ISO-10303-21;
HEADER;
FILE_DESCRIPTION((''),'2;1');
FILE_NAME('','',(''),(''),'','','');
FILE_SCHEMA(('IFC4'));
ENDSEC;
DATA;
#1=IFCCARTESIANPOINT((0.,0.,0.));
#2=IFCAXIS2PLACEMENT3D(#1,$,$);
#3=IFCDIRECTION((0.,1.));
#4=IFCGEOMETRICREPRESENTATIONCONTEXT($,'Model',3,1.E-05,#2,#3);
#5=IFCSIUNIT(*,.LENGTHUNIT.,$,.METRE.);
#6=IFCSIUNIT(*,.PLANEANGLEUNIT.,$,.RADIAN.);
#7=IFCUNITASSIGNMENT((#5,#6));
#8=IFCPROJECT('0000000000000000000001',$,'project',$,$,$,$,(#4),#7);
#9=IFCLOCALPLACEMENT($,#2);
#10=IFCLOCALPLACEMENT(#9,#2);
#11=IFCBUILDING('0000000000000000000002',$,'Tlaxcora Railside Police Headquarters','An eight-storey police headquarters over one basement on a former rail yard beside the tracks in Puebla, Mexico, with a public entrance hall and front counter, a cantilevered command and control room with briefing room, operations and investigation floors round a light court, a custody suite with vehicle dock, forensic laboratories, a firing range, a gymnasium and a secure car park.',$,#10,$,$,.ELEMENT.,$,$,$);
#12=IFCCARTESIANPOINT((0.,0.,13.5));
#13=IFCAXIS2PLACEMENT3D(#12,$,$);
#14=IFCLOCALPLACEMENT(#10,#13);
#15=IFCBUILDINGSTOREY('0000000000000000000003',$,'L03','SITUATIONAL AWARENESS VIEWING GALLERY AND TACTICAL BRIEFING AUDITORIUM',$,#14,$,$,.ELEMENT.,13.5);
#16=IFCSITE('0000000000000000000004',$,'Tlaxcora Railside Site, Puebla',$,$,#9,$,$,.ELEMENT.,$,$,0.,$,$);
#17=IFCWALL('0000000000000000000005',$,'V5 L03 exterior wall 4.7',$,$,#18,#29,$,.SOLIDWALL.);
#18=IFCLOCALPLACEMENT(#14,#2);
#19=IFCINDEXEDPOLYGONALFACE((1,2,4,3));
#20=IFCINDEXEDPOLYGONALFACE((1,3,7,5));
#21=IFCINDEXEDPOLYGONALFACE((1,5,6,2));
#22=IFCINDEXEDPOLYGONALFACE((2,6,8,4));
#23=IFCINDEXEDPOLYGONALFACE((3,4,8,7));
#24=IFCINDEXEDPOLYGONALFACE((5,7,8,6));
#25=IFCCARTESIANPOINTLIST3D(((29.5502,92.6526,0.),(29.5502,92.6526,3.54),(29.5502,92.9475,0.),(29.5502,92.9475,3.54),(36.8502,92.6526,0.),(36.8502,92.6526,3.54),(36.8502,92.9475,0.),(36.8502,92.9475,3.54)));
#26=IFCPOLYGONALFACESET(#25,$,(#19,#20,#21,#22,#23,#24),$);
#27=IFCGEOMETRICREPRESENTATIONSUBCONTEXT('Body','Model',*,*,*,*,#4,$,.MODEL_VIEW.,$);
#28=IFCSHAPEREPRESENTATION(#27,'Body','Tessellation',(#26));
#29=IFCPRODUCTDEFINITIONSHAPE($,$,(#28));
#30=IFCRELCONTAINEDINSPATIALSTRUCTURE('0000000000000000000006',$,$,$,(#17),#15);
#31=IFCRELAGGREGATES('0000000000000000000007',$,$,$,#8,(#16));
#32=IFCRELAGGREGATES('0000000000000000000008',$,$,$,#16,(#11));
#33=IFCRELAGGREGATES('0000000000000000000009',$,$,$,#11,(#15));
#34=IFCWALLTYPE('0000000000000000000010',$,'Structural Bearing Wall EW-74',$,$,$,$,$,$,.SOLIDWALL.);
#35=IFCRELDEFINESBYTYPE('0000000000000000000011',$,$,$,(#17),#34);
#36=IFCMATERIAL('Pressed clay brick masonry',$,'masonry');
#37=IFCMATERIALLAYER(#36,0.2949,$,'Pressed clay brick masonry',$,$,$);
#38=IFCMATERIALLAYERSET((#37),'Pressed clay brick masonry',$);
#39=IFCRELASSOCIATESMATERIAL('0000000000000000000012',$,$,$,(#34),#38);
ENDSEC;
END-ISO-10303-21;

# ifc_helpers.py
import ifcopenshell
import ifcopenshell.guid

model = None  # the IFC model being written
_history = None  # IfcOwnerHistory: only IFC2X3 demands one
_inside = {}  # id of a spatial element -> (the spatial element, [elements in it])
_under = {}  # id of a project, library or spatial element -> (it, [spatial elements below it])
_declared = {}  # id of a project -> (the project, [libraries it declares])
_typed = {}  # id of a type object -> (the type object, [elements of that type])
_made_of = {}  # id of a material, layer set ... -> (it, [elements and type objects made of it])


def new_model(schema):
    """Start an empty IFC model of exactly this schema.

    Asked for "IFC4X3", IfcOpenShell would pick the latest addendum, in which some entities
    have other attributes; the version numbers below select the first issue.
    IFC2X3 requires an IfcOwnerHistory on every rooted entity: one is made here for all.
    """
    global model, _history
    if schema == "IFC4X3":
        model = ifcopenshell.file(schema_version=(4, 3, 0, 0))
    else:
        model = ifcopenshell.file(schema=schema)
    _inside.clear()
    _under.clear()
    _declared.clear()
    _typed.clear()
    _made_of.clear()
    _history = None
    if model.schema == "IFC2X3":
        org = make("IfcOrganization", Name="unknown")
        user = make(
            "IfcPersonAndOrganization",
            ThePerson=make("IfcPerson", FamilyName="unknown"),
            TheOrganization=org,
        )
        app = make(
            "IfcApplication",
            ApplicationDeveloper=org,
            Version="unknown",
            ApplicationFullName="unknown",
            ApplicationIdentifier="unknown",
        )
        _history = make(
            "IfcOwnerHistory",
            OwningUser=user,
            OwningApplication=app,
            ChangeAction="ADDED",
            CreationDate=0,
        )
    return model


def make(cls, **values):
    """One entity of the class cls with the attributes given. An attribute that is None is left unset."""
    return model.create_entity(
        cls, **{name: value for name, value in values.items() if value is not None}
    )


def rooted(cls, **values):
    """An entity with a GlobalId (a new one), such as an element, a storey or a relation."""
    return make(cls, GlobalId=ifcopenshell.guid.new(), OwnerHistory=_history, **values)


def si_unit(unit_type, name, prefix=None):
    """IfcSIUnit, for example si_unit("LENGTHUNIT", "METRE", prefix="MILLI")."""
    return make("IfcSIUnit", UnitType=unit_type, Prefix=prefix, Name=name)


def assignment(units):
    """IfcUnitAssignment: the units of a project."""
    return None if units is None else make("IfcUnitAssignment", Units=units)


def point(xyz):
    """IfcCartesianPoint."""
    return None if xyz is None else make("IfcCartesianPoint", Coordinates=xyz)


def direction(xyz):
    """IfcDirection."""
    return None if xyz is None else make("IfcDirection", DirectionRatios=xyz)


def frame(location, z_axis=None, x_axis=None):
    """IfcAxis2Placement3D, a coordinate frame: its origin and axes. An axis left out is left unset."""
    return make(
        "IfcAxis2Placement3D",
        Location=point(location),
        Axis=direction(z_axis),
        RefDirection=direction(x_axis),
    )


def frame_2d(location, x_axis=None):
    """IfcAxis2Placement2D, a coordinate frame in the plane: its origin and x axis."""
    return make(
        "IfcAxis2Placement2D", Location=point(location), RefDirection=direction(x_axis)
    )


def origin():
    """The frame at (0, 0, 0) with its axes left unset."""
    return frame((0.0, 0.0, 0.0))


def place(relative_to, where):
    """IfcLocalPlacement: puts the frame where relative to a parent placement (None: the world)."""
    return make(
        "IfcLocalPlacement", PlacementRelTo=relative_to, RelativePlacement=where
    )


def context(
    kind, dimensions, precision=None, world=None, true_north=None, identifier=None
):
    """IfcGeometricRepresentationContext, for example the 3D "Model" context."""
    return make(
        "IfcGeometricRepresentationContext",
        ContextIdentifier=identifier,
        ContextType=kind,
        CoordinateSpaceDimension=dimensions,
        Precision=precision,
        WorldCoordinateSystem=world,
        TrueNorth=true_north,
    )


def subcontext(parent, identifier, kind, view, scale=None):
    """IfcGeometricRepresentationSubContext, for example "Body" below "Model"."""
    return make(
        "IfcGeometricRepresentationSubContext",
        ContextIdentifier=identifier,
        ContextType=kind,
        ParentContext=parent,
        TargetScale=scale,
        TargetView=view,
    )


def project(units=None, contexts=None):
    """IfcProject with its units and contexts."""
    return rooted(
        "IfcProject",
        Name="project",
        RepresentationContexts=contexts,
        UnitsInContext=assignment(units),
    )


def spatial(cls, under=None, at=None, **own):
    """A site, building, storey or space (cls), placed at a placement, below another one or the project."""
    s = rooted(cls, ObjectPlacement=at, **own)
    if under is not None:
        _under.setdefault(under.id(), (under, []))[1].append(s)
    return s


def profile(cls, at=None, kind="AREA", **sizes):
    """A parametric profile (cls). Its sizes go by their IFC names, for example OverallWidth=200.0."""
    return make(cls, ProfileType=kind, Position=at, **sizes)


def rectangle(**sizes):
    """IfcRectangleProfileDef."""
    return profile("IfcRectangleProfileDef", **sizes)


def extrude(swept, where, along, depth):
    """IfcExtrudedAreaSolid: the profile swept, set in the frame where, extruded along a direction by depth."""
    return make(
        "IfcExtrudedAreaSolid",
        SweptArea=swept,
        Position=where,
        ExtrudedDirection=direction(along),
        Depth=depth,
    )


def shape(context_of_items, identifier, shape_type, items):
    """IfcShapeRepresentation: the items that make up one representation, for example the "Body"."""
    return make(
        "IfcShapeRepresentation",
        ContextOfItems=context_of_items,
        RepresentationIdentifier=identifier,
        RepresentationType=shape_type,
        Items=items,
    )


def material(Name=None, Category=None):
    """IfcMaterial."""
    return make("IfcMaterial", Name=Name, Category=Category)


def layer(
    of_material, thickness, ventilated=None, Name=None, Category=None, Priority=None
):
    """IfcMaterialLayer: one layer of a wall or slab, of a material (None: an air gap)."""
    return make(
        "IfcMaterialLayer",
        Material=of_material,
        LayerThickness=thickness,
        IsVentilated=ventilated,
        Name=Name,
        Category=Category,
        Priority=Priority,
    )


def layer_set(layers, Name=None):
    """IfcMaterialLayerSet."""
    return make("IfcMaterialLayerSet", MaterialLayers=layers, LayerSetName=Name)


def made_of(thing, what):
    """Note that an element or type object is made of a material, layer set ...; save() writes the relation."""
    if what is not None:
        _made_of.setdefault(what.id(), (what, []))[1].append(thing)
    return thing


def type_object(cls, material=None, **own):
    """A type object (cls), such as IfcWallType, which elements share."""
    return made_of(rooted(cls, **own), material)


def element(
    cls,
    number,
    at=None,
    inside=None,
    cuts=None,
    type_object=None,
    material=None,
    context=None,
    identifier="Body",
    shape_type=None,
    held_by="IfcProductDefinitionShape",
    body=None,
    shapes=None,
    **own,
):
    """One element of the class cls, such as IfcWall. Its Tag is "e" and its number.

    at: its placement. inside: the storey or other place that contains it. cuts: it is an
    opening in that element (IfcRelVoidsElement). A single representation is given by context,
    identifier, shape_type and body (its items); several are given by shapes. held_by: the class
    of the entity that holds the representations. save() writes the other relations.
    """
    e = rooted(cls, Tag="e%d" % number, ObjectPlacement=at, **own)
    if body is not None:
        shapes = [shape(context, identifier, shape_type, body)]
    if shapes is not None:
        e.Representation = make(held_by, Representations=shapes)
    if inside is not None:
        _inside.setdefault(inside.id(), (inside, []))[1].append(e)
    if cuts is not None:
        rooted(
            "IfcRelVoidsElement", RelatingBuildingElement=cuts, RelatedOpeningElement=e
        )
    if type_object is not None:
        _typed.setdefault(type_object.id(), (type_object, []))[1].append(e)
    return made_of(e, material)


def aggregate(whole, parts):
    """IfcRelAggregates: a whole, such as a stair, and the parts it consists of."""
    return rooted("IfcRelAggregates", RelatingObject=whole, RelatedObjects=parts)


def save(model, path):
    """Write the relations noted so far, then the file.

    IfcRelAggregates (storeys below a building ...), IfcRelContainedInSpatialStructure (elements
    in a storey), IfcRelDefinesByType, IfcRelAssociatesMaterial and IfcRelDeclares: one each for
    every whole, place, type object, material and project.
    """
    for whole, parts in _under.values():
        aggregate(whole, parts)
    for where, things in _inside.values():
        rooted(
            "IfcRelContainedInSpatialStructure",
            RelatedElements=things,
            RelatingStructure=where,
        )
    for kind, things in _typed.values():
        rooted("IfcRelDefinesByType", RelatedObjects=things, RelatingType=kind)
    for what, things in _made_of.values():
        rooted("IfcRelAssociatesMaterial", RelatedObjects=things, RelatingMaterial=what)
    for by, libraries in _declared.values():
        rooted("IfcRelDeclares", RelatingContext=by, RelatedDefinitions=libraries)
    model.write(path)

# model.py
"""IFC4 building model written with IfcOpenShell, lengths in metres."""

from ifc_helpers import new_model, si_unit, direction, frame, frame_2d, origin, place, context, subcontext, project, spatial, rectangle, extrude, material, layer, layer_set, type_object, element, save


model = new_model("IFC4")

# Units and contexts
model_context = context("Model", 3, precision=1e-05, world=origin(), true_north=direction((0.0, 1.0)))
body_context = subcontext(model_context, "Body", "Model", "MODEL_VIEW")
ifc_project = project(units=[si_unit("LENGTHUNIT", "METRE"), si_unit("PLANEANGLEUNIT", "RADIAN")], contexts=[model_context])

# Site, building, storey
site_placement = place(None, origin())
site = spatial("IfcSite", under=ifc_project, at=site_placement, Name="Tlaxcora Railside Site, Puebla", CompositionType="ELEMENT", RefElevation=0.0)
building_placement = place(site_placement, origin())
building = spatial("IfcBuilding", under=site, at=building_placement, Name="Tlaxcora Railside Police Headquarters", Description="An eight-storey police headquarters over one basement on a former rail yard beside the tracks in Puebla, Mexico, with a public entrance hall and front counter, a cantilevered command and control room with briefing room, operations and investigation floors round a light court, a custody suite with vehicle dock, forensic laboratories, a firing range, a gymnasium and a secure car park.", CompositionType="ELEMENT")
storey_placement = place(building_placement, frame((0.0, 0.0, 13.5)))
storey = spatial("IfcBuildingStorey", under=building, at=storey_placement, Name="L03", Description="SITUATIONAL AWARENESS VIEWING GALLERY AND TACTICAL BRIEFING AUDITORIUM", CompositionType="ELEMENT", Elevation=13.5)

# Wall
ifc_material_1 = material(Name="Pressed clay brick masonry", Category="masonry")
ifc_layer_1 = layer(ifc_material_1, 0.2949, Name="Pressed clay brick masonry")
ifc_layer_set_1 = layer_set([ifc_layer_1], Name="Pressed clay brick masonry")
wall_type_1 = type_object("IfcWallType", Name="Structural Bearing Wall EW-74", PredefinedType="SOLIDWALL", material=ifc_layer_set_1)
wall_1_placement = place(storey_placement, frame((36.8501, 92.8, 0.0), z_axis=(0.0, 0.0, 1.0), x_axis=(-1.0, 0.0, 0.0)))
element("IfcWall", 1, at=wall_1_placement, inside=storey, type_object=wall_type_1, Name="V5 L03 exterior wall 4.7", PredefinedType="SOLIDWALL", context=body_context, shape_type="SweptSolid", body=[
    extrude(rectangle(XDim=7.3, YDim=0.2949, at=frame_2d((3.6499, 0.0))), origin(), (0.0, 0.0, 1.0), 3.54),
])

save(model, "model.ifc")
